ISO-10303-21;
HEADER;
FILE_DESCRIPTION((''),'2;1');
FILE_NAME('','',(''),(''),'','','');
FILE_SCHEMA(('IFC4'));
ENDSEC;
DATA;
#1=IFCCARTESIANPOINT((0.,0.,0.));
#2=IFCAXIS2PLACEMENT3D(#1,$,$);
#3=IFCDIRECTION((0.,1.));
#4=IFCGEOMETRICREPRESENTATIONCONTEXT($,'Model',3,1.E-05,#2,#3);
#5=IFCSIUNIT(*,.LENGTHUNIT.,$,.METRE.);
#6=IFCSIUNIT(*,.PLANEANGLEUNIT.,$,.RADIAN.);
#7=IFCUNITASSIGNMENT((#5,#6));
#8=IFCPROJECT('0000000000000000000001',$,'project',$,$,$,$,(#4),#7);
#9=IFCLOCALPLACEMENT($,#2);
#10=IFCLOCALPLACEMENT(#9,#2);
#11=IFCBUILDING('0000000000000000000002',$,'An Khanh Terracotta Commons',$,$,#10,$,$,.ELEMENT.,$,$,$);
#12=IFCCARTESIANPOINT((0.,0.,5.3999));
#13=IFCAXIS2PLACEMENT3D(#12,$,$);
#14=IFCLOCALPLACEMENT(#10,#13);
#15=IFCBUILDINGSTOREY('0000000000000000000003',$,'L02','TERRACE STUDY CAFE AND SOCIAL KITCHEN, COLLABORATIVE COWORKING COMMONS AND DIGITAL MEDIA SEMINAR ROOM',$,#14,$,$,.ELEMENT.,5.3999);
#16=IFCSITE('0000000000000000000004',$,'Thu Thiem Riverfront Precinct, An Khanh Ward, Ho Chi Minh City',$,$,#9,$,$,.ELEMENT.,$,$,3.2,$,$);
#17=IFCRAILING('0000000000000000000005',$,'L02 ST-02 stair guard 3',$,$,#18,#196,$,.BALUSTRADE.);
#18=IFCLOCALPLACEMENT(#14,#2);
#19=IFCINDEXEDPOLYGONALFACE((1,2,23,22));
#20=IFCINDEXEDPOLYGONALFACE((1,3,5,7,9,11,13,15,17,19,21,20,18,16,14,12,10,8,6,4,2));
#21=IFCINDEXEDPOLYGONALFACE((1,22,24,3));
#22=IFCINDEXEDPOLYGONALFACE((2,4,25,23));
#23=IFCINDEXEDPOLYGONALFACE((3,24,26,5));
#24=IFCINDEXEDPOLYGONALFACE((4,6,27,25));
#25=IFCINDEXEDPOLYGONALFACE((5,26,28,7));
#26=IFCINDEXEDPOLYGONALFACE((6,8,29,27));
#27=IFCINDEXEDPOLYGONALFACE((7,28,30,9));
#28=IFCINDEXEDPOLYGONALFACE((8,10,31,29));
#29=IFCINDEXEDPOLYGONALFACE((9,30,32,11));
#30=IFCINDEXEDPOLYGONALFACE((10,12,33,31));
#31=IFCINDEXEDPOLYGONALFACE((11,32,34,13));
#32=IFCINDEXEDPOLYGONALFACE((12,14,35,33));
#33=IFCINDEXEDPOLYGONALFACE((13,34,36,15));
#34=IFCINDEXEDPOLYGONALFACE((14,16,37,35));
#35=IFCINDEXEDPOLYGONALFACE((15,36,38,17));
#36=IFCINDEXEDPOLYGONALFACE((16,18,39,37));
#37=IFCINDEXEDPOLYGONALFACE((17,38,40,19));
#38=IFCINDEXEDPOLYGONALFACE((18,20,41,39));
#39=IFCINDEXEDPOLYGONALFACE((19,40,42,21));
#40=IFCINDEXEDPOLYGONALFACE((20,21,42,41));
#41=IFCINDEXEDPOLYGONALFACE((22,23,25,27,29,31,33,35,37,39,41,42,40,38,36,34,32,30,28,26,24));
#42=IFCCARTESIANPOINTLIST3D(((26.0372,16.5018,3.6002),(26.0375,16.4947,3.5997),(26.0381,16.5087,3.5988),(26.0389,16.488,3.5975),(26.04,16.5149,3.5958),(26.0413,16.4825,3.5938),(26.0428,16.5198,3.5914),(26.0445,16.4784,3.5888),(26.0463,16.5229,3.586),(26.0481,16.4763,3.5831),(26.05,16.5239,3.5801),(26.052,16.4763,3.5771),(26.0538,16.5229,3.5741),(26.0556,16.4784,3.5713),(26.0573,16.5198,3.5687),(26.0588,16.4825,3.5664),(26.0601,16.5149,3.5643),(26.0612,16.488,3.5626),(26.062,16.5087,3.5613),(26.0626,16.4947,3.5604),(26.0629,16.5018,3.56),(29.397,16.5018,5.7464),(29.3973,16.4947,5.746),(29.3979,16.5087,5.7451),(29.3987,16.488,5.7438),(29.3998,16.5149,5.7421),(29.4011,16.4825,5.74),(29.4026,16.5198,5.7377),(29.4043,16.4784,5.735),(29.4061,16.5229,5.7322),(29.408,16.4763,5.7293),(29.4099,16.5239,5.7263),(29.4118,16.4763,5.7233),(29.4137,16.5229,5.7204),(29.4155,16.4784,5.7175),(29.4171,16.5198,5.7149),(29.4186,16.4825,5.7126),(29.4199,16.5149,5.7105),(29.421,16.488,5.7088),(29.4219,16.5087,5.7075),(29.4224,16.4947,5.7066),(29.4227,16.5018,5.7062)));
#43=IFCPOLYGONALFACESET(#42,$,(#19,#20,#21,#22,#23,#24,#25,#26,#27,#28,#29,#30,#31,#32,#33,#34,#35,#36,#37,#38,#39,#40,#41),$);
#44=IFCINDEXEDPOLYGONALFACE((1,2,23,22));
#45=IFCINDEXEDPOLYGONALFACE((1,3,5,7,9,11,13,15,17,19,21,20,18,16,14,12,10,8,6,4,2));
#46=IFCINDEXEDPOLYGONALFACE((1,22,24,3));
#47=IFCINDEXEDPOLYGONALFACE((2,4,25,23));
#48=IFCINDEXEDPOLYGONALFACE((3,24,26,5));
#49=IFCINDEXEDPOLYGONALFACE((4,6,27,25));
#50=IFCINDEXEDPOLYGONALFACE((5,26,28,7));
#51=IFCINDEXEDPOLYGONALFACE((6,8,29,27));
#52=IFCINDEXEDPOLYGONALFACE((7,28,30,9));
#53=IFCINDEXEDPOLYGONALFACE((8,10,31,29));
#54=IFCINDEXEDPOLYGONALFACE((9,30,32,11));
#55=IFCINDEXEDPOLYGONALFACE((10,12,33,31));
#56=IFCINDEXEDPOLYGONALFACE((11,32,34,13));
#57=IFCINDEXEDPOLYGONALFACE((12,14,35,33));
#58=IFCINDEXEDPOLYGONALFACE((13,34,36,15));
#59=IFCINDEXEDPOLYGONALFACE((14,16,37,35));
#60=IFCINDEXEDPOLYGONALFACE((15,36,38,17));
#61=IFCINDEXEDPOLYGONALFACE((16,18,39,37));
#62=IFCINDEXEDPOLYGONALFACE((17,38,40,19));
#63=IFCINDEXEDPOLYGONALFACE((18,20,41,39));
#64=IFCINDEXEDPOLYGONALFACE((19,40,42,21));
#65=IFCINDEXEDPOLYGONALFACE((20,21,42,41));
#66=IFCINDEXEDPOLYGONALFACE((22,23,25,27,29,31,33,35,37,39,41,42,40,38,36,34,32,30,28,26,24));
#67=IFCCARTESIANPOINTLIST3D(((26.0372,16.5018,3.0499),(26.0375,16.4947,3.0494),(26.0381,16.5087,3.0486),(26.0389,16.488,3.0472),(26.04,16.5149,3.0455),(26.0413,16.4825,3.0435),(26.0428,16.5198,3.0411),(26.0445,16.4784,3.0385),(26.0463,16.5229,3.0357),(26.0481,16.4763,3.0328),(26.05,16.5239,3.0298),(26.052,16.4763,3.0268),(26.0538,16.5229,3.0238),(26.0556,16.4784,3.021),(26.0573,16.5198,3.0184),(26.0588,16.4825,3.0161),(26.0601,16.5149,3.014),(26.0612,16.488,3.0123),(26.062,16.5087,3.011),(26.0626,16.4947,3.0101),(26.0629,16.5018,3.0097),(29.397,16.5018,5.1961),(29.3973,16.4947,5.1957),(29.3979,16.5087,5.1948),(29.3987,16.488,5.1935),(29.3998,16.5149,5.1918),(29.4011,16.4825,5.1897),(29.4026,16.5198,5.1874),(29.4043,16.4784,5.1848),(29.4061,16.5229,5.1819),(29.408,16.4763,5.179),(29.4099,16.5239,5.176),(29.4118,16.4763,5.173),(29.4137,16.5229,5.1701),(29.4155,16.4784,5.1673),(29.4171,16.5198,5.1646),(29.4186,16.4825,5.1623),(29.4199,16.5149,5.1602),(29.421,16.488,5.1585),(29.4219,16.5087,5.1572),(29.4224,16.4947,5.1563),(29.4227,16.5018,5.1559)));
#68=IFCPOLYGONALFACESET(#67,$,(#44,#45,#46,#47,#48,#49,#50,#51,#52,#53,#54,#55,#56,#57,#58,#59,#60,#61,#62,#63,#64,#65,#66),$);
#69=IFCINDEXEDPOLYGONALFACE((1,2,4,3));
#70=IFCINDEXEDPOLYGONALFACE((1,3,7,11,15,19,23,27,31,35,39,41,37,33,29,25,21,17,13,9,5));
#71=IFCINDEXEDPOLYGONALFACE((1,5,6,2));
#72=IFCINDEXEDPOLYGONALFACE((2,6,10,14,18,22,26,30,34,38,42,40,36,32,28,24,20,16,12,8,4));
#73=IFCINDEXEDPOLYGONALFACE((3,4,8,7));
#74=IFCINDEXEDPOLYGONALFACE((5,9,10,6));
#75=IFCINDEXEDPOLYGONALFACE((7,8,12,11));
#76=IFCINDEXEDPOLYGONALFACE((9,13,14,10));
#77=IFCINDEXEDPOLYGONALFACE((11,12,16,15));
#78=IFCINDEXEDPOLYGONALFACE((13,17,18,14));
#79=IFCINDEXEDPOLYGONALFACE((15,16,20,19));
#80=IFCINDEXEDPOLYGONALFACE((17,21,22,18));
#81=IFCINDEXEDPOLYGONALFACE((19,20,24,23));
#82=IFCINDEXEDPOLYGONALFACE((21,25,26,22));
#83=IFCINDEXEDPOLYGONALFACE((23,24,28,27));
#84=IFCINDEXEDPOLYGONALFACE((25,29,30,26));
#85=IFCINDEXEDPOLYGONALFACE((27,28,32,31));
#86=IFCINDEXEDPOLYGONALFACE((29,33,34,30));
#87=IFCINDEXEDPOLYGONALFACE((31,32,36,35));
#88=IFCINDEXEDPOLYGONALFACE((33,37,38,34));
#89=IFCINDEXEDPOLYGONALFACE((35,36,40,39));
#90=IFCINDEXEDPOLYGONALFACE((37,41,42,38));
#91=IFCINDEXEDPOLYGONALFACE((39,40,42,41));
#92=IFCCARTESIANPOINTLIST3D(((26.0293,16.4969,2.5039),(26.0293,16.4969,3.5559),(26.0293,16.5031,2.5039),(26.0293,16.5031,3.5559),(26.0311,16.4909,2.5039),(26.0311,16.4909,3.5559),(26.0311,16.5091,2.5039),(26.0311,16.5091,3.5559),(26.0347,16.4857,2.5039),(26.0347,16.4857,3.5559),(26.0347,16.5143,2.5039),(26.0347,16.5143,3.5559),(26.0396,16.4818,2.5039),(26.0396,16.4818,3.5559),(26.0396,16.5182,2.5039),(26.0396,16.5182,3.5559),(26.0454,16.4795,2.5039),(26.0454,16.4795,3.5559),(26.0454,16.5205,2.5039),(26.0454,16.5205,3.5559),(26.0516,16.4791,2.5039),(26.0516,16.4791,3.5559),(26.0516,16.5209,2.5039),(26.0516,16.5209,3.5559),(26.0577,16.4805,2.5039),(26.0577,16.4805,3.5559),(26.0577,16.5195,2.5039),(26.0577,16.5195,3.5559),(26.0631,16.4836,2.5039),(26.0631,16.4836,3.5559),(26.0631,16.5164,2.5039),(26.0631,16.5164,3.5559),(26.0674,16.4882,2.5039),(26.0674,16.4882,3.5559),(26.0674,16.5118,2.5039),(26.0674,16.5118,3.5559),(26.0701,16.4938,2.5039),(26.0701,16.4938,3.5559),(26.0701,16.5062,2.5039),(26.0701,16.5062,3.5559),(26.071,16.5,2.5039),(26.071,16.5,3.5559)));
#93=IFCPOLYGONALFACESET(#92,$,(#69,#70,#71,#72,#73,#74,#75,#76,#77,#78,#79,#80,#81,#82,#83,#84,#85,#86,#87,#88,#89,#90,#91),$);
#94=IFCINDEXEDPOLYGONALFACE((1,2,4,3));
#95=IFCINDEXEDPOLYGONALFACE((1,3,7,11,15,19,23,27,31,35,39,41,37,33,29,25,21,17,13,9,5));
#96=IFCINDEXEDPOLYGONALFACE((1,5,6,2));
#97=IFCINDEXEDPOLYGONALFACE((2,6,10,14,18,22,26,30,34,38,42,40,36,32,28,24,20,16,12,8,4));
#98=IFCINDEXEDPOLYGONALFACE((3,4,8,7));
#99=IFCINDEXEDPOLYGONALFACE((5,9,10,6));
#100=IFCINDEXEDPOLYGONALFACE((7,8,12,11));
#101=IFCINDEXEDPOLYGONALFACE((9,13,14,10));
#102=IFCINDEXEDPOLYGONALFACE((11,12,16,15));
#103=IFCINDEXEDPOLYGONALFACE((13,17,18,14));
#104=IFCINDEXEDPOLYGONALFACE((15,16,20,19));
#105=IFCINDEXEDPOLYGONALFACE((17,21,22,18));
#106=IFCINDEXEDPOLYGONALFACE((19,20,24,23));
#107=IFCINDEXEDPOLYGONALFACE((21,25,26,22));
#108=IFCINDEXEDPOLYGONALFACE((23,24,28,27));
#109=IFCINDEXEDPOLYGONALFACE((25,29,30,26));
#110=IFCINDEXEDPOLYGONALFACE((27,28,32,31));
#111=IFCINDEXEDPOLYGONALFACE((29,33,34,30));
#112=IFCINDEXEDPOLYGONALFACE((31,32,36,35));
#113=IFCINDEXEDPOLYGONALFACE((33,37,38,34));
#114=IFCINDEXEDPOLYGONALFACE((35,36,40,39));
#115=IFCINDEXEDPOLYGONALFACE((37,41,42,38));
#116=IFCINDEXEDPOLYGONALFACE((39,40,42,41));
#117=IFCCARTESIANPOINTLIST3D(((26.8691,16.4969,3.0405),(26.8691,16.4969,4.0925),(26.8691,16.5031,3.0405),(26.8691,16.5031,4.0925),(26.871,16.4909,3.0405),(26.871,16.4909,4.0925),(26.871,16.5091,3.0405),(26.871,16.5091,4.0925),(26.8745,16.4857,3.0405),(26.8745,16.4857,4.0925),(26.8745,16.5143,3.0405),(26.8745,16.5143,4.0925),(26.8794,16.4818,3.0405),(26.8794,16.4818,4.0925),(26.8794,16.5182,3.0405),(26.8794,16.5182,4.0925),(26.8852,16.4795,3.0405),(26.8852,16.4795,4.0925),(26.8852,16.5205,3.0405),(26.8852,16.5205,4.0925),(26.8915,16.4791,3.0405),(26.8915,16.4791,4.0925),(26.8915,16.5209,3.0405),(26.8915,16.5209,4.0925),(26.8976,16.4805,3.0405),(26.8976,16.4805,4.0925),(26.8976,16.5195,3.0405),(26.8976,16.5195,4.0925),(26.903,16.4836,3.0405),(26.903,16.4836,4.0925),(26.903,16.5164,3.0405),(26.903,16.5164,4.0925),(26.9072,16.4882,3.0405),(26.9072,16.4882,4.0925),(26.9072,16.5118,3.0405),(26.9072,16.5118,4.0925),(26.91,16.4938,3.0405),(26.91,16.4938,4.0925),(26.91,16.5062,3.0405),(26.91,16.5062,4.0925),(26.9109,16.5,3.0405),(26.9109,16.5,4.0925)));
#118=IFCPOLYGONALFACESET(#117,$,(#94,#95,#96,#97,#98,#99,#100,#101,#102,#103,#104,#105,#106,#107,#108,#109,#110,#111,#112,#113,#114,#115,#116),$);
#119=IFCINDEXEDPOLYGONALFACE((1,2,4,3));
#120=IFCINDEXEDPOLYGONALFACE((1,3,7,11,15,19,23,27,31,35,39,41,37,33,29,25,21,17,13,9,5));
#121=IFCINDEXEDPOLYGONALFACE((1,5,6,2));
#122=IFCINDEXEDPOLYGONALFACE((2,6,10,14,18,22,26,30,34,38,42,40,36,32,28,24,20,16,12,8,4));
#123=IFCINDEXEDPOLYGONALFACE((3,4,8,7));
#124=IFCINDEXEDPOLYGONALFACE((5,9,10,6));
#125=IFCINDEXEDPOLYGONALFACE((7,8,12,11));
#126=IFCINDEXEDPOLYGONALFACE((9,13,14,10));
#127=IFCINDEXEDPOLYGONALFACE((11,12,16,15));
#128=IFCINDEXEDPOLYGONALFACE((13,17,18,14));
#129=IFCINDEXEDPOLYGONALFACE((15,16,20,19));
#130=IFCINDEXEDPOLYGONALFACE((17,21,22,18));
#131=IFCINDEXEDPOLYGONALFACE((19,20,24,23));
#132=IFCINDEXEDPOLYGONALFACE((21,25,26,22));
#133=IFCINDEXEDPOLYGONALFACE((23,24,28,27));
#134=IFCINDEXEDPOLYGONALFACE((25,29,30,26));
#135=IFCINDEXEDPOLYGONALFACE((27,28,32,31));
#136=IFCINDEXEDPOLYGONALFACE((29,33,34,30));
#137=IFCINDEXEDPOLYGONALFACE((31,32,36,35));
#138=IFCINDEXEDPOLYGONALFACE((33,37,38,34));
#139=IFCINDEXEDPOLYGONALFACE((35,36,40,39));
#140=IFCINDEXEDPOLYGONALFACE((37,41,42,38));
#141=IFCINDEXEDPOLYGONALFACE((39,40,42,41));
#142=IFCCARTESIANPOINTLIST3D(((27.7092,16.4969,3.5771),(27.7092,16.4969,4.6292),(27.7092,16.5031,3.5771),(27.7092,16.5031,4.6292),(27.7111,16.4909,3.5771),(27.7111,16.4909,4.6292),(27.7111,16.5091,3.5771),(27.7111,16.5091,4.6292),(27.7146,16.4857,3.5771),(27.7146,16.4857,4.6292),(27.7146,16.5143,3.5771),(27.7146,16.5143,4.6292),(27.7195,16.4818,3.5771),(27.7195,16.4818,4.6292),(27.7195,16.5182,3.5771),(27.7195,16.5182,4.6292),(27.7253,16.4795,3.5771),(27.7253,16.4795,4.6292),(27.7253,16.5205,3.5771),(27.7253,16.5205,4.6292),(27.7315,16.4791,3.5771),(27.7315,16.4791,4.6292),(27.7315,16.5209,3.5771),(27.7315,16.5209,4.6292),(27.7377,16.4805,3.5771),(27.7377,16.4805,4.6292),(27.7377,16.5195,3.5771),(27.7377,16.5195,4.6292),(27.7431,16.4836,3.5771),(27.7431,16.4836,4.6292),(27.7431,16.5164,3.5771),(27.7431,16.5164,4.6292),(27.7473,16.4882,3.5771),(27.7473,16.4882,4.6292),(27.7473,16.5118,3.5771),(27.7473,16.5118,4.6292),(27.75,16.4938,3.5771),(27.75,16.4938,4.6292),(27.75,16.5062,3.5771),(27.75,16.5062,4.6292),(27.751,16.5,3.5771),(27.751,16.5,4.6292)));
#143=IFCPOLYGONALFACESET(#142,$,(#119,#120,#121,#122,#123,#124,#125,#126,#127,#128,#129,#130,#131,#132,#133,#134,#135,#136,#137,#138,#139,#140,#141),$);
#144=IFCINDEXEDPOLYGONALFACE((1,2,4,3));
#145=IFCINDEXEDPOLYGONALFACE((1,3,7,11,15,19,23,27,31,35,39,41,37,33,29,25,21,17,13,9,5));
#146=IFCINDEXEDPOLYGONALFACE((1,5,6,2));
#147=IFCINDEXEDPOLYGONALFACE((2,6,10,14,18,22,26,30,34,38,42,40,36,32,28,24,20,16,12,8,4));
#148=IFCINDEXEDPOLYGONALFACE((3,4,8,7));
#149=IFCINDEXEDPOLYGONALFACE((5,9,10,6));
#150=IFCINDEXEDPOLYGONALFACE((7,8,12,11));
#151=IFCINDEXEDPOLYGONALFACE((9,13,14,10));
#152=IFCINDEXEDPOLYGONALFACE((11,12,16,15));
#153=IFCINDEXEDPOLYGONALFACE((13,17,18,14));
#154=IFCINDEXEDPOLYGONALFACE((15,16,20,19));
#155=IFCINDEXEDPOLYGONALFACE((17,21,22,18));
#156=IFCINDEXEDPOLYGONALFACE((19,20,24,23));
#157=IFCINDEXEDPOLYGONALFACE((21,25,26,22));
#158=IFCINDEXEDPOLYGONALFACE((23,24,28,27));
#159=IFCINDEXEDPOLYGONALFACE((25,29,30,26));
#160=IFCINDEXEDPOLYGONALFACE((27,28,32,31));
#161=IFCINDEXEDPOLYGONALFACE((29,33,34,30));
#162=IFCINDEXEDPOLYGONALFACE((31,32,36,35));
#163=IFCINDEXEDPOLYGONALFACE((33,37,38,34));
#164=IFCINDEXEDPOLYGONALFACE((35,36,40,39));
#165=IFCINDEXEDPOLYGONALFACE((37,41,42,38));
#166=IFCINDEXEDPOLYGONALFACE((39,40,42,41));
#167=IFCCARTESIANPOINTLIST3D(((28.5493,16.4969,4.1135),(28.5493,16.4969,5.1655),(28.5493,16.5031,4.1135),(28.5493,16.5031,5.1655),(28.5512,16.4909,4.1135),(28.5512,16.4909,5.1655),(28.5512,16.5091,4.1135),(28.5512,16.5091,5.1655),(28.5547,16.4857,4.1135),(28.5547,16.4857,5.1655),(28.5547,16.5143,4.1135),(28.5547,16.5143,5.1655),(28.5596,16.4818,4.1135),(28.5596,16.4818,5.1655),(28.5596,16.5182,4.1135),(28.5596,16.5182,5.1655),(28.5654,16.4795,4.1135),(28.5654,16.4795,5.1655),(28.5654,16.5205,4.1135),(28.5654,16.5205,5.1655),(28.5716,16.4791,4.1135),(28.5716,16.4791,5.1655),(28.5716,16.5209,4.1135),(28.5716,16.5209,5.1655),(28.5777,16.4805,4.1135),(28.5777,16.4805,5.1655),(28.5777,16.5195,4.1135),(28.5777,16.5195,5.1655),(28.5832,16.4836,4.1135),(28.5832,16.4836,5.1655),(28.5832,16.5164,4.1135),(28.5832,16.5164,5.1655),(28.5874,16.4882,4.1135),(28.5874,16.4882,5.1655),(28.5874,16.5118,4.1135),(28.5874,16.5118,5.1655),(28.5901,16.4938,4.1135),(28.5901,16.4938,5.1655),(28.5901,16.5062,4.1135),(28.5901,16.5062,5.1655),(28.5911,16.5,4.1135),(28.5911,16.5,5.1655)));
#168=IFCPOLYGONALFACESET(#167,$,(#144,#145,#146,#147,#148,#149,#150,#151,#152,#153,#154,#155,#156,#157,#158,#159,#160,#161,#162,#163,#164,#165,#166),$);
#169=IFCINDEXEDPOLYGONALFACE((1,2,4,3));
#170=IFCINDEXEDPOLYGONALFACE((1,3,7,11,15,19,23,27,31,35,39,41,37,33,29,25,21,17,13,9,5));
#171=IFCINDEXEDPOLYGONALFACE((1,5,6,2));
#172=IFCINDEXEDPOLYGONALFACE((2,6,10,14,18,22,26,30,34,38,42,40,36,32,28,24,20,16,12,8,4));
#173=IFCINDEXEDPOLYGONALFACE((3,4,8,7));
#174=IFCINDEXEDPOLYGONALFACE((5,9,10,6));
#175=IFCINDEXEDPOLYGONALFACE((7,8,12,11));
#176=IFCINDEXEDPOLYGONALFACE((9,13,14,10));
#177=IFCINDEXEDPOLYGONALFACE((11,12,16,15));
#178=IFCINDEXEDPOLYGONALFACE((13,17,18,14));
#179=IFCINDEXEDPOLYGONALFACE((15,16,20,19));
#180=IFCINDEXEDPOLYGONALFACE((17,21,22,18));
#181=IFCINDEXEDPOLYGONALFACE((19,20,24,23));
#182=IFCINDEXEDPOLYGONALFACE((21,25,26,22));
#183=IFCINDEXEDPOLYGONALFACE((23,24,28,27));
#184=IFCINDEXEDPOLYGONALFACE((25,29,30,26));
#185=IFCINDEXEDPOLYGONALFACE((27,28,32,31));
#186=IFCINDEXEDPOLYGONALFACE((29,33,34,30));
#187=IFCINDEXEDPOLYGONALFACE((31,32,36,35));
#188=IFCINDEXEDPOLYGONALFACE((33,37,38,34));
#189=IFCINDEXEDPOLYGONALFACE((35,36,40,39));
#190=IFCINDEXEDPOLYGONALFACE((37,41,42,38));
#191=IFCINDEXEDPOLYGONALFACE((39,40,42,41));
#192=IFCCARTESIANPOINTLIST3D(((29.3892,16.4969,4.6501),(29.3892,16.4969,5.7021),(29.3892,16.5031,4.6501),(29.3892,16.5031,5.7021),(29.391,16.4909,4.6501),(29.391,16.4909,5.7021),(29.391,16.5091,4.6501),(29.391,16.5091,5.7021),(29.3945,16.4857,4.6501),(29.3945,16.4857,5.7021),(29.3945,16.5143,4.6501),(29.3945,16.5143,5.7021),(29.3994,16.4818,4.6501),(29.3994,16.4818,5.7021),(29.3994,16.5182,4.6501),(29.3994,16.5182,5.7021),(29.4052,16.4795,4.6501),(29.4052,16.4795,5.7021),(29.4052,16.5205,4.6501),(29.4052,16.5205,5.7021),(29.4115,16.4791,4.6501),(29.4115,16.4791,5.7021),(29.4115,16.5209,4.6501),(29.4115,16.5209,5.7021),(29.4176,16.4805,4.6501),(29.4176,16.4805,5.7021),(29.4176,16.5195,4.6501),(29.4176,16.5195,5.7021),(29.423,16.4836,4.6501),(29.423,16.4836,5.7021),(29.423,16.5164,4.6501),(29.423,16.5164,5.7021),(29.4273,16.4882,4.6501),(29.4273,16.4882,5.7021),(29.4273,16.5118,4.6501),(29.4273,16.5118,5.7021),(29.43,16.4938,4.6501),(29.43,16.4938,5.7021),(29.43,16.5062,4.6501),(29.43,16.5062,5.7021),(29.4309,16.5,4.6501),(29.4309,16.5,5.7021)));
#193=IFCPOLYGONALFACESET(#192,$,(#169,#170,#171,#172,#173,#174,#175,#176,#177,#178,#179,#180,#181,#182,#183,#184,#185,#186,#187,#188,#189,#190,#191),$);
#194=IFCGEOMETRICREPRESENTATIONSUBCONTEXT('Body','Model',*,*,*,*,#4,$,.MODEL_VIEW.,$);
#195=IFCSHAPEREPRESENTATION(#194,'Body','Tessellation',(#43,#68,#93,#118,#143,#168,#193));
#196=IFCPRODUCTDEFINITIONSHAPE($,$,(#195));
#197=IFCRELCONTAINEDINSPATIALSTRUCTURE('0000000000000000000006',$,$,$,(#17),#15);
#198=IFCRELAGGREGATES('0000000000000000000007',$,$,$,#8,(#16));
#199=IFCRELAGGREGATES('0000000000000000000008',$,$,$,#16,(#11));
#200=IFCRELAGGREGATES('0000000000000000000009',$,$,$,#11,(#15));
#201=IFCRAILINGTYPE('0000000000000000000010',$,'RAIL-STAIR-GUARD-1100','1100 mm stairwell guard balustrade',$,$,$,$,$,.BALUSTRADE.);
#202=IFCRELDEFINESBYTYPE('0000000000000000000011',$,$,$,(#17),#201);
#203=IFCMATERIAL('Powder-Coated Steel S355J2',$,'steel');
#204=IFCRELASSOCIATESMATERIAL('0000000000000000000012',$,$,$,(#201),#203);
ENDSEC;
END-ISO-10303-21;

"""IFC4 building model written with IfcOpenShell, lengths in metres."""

from ifc_helpers import new_model, si_unit, direction, frame, origin, origin_2d, place, context, subcontext, project, spatial, circle, extrude, material, type_object, element, save


model = new_model("IFC4")

# Units and contexts
model_context = context("Model", 3, precision=1e-05, world=origin(), true_north=direction((0.0, 1.0)))
body_context = subcontext(model_context, "Body", "Model", "MODEL_VIEW")
ifc_project = project(units=[si_unit("LENGTHUNIT", "METRE"), si_unit("PLANEANGLEUNIT", "RADIAN")], contexts=[model_context])

# Site, building, storey
site_placement = place(None, origin())
site = spatial("IfcSite", under=ifc_project, at=site_placement, Name="Thu Thiem Riverfront Precinct, An Khanh Ward, Ho Chi Minh City", CompositionType="ELEMENT", RefElevation=3.2)
building_placement = place(site_placement, origin())
building = spatial("IfcBuilding", under=site, at=building_placement, Name="An Khanh Terracotta Commons", CompositionType="ELEMENT")
storey_placement = place(building_placement, frame((0.0, 0.0, 5.3999)))
storey = spatial("IfcBuildingStorey", under=building, at=storey_placement, Name="L02", Description="TERRACE STUDY CAFE AND SOCIAL KITCHEN, COLLABORATIVE COWORKING COMMONS AND DIGITAL MEDIA SEMINAR ROOM", CompositionType="ELEMENT", Elevation=5.3999)

# Railing
ifc_material_1 = material(Name="Powder-Coated Steel S355J2", Category="steel")
railing_type_1 = type_object("IfcRailingType", Name="RAIL-STAIR-GUARD-1100", Description="1100 mm stairwell guard balustrade", PredefinedType="BALUSTRADE", material=ifc_material_1)
railing_1_placement = place(storey_placement, frame((26.05, 16.5, 2.5039)))
element("IfcRailing", 1, at=railing_1_placement, inside=storey, type_object=railing_type_1, Name="L02 ST-02 stair guard 3", PredefinedType="BALUSTRADE", context=body_context, shape_type="SweptSolid", body=[
    extrude(circle(Radius=0.0239, at=origin_2d()), frame((0.0, 0.0, 1.0762), z_axis=(0.842735, 0.0, 0.538329), x_axis=(0.0, 1.0, 0.0)), (0.0, 0.0, 1.0), 3.9868),
    extrude(circle(Radius=0.0239, at=origin_2d()), frame((0.0, 0.0, 0.5259), z_axis=(0.842735, 0.0, 0.538329), x_axis=(0.0, 1.0, 0.0)), (0.0, 0.0, 1.0), 3.9868),
    extrude(circle(Radius=0.021, at=origin_2d()), origin(), (0.0, 0.0, 1.0), 1.052),
    extrude(circle(Radius=0.021, at=origin_2d()), frame((0.8398, 0.0, 0.5366)), (0.0, 0.0, 1.0), 1.052),
    extrude(circle(Radius=0.021, at=origin_2d()), frame((1.6799, 0.0, 1.0732)), (0.0, 0.0, 1.0), 1.052),
    extrude(circle(Radius=0.021, at=origin_2d()), frame((2.52, 0.0, 1.6096)), (0.0, 0.0, 1.0), 1.052),
    extrude(circle(Radius=0.021, at=origin_2d()), frame((3.3599, 0.0, 2.1462)), (0.0, 0.0, 1.0), 1.052),
])

save(model, "model.ifc")
